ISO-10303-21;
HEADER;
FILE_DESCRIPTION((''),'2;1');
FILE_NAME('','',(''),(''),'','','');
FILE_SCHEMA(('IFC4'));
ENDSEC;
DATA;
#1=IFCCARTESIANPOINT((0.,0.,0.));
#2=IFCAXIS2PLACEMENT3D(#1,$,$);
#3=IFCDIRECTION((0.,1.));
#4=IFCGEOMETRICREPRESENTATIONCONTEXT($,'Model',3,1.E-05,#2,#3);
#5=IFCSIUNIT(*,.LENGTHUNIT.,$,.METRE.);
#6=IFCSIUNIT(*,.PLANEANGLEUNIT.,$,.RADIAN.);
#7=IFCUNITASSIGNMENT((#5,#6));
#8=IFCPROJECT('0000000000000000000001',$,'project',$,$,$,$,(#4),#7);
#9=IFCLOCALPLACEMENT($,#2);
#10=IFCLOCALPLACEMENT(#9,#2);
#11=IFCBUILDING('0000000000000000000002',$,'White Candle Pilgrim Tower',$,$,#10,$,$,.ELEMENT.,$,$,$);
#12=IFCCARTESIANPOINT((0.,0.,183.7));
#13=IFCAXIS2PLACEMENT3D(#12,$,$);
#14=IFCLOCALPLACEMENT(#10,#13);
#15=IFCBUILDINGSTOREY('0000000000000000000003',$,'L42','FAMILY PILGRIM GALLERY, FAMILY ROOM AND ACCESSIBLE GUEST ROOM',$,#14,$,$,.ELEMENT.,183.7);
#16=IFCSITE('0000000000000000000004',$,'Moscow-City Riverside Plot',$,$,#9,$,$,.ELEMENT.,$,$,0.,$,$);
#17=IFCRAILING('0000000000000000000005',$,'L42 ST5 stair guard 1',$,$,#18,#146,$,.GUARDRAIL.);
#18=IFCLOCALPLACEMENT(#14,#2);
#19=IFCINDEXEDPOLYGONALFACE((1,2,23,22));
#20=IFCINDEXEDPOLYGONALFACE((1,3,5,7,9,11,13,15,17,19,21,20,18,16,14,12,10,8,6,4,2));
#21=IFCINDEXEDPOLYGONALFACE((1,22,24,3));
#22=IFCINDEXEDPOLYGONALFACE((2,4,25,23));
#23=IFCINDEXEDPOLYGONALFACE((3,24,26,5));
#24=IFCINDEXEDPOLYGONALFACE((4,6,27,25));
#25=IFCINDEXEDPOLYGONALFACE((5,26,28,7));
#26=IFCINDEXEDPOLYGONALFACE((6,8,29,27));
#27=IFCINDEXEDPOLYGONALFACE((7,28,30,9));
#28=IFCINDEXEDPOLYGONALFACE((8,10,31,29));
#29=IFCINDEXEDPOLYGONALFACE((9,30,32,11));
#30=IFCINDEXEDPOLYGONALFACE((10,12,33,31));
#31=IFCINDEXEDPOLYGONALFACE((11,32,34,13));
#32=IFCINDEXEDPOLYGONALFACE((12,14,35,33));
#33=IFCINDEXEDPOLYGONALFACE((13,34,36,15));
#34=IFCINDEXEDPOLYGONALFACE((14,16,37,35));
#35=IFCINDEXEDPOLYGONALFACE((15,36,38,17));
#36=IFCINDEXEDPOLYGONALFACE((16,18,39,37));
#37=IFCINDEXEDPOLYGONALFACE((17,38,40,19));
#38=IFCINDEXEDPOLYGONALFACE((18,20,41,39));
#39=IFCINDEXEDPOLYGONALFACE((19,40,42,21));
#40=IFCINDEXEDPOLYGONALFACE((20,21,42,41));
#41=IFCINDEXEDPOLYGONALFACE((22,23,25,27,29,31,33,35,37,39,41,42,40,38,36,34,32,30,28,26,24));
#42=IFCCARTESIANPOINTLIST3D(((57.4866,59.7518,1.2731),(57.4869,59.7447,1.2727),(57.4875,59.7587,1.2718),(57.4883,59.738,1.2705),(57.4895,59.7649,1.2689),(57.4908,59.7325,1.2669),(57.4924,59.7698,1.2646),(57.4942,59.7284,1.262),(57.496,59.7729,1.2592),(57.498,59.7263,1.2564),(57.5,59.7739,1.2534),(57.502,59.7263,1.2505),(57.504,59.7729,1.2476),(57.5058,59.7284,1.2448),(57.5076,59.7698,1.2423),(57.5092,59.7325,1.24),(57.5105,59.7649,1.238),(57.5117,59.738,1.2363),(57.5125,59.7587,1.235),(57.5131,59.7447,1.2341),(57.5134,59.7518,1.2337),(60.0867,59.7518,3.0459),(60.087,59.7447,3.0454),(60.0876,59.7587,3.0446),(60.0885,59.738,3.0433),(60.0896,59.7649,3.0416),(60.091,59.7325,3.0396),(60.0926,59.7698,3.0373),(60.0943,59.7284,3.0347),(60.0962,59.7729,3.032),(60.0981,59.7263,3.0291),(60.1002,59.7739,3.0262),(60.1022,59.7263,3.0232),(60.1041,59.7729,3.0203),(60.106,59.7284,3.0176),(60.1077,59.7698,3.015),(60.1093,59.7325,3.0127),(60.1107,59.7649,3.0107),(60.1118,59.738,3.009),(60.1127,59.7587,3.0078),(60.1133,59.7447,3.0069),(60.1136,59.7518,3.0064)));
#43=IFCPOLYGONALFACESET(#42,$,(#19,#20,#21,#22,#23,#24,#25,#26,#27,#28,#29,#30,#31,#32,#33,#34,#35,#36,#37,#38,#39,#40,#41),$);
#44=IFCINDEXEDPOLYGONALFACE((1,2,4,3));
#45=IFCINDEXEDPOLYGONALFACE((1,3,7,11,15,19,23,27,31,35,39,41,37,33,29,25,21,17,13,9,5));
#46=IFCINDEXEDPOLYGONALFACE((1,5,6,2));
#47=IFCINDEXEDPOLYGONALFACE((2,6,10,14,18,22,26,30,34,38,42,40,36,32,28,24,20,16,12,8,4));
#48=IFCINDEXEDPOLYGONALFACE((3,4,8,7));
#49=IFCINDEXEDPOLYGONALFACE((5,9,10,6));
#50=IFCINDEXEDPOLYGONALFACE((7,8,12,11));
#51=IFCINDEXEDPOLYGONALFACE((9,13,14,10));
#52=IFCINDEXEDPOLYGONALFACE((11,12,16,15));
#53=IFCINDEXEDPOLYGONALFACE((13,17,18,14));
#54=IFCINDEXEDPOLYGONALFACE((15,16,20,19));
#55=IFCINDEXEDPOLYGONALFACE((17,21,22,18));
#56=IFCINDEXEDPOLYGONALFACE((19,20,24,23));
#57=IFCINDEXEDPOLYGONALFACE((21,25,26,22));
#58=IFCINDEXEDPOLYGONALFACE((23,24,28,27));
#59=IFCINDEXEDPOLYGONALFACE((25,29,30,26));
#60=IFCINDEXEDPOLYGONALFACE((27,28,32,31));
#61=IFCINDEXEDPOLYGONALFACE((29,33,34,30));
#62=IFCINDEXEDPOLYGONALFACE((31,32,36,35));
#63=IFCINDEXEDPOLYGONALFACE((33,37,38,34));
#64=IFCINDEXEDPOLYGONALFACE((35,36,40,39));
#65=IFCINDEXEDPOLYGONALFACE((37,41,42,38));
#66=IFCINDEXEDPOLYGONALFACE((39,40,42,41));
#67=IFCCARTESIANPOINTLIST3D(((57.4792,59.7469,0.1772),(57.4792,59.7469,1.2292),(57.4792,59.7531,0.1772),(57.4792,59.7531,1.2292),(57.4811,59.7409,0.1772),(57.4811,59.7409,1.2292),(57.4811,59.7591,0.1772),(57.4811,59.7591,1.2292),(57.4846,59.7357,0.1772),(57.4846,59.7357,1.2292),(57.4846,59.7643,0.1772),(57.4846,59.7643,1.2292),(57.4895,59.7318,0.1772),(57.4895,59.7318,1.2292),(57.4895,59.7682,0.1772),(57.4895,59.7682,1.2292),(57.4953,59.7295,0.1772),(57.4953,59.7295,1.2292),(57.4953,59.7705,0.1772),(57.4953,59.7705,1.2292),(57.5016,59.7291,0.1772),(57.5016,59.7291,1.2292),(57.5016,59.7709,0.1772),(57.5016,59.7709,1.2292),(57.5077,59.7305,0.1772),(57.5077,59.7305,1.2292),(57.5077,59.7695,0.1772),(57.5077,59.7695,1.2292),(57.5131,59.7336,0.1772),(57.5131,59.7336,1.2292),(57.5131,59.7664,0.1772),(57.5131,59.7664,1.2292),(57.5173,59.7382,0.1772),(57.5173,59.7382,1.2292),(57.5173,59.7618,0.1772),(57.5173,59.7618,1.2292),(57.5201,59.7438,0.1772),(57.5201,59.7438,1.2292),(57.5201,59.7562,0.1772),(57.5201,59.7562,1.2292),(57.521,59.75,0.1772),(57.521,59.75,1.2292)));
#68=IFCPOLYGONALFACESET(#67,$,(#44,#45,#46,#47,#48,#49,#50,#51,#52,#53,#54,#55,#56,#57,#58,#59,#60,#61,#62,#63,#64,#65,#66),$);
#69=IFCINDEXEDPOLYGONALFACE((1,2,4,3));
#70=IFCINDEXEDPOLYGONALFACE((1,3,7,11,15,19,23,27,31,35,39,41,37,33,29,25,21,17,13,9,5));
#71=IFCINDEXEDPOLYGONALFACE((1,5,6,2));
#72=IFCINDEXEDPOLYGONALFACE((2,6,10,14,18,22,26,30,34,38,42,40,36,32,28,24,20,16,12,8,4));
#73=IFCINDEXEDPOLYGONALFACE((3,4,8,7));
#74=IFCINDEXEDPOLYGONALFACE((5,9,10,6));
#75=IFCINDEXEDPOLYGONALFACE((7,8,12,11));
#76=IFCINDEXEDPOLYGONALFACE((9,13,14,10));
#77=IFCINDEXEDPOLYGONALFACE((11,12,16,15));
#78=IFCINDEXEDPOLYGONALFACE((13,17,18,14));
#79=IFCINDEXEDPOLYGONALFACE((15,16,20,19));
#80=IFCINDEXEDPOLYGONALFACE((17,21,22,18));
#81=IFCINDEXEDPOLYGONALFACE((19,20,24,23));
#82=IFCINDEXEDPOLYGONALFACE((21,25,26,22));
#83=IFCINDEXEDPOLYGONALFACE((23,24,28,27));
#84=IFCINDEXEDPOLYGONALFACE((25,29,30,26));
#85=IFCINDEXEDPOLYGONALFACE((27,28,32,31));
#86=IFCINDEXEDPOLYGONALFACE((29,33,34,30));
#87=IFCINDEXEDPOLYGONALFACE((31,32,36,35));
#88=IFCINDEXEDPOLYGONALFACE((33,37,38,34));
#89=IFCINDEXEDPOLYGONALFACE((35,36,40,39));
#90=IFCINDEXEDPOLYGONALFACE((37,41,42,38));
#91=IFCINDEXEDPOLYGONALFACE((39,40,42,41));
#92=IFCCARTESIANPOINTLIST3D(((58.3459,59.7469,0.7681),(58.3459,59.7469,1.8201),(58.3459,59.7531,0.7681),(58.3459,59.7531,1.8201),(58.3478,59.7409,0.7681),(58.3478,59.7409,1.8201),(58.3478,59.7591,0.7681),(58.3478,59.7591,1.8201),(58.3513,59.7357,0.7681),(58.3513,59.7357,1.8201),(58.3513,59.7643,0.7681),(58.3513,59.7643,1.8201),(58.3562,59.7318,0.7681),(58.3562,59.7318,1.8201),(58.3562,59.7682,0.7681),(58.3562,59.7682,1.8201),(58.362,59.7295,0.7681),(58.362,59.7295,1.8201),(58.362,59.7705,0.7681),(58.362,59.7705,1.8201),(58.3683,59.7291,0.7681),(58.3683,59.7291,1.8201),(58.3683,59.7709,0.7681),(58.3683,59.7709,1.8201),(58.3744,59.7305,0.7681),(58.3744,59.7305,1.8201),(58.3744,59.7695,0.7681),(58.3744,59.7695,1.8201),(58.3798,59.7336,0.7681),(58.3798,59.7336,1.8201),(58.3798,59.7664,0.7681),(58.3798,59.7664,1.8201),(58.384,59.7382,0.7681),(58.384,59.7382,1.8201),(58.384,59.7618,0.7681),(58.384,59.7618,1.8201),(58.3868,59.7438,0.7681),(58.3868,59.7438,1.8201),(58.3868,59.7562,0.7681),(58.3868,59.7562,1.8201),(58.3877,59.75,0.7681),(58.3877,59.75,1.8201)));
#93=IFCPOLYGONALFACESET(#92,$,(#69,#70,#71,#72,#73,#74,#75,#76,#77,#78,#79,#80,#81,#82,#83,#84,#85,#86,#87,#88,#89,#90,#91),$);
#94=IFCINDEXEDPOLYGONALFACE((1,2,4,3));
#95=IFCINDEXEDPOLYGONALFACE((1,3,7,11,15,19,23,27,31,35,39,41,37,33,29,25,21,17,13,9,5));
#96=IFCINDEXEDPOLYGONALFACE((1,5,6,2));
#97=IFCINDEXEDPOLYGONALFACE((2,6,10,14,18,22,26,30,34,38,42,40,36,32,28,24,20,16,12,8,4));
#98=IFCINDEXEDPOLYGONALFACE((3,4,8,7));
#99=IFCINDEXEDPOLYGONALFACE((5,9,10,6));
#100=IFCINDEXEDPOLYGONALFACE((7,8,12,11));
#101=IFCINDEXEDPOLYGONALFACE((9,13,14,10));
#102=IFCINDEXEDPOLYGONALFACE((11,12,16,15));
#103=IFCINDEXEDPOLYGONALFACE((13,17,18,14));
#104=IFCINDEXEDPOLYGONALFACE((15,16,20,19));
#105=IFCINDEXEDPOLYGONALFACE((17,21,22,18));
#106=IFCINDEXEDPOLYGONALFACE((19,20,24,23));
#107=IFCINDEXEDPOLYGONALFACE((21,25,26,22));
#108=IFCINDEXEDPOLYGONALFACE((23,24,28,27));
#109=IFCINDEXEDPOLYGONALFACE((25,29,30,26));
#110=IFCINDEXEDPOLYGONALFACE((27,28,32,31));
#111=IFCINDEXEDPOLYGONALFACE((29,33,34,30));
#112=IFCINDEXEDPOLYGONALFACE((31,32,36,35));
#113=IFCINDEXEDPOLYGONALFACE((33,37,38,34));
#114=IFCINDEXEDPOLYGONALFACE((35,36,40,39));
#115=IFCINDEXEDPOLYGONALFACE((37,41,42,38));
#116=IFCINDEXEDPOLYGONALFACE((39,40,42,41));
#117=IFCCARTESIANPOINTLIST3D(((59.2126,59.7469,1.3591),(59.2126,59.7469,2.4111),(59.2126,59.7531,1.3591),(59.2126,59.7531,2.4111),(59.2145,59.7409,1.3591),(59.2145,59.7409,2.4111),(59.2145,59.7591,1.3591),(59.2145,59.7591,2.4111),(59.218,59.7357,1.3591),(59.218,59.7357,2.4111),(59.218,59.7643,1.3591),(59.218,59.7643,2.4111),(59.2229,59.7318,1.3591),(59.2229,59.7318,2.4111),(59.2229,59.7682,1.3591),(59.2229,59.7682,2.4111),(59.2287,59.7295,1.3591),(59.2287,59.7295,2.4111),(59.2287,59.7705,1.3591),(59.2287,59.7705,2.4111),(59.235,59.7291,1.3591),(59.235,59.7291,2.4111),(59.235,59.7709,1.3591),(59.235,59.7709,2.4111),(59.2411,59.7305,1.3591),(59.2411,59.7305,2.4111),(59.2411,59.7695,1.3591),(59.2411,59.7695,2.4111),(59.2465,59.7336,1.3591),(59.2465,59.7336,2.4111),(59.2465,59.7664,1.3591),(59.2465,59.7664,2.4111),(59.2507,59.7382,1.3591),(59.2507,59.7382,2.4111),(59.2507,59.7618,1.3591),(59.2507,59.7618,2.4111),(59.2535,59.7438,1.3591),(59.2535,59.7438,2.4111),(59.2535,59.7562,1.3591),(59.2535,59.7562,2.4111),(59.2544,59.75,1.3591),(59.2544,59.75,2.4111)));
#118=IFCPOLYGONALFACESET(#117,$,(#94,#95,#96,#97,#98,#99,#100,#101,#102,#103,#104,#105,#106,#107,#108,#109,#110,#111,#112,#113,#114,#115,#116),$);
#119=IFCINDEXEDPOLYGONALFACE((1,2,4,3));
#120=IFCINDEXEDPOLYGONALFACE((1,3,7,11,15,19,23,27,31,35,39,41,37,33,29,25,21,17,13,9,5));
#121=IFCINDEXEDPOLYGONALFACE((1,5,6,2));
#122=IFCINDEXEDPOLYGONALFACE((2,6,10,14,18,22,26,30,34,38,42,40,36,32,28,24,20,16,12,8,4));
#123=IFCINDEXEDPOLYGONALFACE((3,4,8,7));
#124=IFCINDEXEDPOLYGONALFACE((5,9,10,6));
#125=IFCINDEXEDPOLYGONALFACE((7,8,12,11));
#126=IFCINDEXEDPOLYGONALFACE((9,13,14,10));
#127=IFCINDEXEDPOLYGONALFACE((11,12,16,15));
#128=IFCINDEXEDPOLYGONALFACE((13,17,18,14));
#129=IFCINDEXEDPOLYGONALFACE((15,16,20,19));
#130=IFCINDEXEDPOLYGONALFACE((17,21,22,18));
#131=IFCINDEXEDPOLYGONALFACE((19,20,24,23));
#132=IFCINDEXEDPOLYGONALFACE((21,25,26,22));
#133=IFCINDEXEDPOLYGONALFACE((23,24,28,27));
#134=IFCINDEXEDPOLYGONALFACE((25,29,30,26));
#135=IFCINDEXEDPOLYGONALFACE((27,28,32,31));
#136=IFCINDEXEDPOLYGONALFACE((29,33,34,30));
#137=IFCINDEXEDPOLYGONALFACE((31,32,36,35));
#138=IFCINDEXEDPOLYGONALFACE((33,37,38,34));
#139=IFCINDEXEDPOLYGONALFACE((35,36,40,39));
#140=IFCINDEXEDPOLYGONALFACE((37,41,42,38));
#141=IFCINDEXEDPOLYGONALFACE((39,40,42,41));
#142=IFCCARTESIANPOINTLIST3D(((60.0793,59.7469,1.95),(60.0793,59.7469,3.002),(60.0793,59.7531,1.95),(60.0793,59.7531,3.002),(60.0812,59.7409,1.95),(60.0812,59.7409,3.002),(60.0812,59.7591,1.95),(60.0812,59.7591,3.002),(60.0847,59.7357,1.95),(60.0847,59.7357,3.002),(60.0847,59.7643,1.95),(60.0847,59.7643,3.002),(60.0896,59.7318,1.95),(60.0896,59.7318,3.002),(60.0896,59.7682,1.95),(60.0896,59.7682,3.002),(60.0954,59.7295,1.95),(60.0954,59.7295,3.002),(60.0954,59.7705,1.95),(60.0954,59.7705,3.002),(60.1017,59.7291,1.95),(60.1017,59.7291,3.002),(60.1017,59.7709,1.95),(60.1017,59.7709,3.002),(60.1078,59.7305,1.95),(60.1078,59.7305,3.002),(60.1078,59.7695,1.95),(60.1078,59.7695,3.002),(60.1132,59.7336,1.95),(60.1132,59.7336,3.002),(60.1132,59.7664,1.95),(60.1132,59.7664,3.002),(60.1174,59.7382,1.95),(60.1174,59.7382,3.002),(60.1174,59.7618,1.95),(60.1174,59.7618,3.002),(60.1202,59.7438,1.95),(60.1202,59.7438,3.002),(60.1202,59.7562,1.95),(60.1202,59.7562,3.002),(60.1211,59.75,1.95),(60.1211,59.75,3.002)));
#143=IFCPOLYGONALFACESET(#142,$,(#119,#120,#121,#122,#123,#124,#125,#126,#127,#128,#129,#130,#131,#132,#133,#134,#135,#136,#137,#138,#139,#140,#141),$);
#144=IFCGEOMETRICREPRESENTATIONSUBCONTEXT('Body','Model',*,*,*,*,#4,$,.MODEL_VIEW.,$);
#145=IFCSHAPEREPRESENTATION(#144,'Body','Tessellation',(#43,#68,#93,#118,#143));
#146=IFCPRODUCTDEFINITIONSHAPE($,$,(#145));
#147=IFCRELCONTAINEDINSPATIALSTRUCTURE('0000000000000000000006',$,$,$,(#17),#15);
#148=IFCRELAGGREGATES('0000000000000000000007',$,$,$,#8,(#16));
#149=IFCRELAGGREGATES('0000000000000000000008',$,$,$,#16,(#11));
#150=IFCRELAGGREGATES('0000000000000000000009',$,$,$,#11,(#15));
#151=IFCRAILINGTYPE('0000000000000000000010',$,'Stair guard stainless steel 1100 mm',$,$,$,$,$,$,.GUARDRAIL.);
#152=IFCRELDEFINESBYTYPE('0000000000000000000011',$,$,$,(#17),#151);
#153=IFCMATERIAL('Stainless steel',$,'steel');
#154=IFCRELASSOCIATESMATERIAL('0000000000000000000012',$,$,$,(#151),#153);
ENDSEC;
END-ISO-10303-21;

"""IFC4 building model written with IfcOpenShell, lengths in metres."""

from ifc_helpers import new_model, si_unit, direction, frame, origin, origin_2d, place, context, subcontext, project, spatial, circle, extrude, material, type_object, element, save


model = new_model("IFC4")

# Units and contexts
model_context = context("Model", 3, precision=1e-05, world=origin(), true_north=direction((0.0, 1.0)))
body_context = subcontext(model_context, "Body", "Model", "MODEL_VIEW")
ifc_project = project(units=[si_unit("LENGTHUNIT", "METRE"), si_unit("PLANEANGLEUNIT", "RADIAN")], contexts=[model_context])

# Site, building, storey
site_placement = place(None, origin())
site = spatial("IfcSite", under=ifc_project, at=site_placement, Name="Moscow-City Riverside Plot", CompositionType="ELEMENT", RefElevation=0.0)
building_placement = place(site_placement, origin())
building = spatial("IfcBuilding", under=site, at=building_placement, Name="White Candle Pilgrim Tower", CompositionType="ELEMENT")
storey_placement = place(building_placement, frame((0.0, 0.0, 183.7)))
storey = spatial("IfcBuildingStorey", under=building, at=storey_placement, Name="L42", Description="FAMILY PILGRIM GALLERY, FAMILY ROOM AND ACCESSIBLE GUEST ROOM", CompositionType="ELEMENT", Elevation=183.7)

# Railing
ifc_material_1 = material(Name="Stainless steel", Category="steel")
railing_type_1 = type_object("IfcRailingType", Name="Stair guard stainless steel 1100 mm", PredefinedType="GUARDRAIL", material=ifc_material_1)
railing_1_placement = place(storey_placement, frame((57.5, 59.75, 0.1772)))
element("IfcRailing", 1, at=railing_1_placement, inside=storey, type_object=railing_type_1, Name="L42 ST5 stair guard 1", PredefinedType="GUARDRAIL", context=body_context, shape_type="SweptSolid", body=[
    extrude(circle(Radius=0.0239, at=origin_2d()), frame((0.0, 0.0, 1.0762), z_axis=(0.82624, 0.0, 0.563318), x_axis=(0.0, 1.0, 0.0)), (0.0, 0.0, 1.0), 3.147),
    extrude(circle(Radius=0.021, at=origin_2d()), origin(), (0.0, 0.0, 1.0), 1.052),
    extrude(circle(Radius=0.021, at=origin_2d()), frame((0.8667, 0.0, 0.5908)), (0.0, 0.0, 1.0), 1.052),
    extrude(circle(Radius=0.021, at=origin_2d()), frame((1.7334, 0.0, 1.1819)), (0.0, 0.0, 1.0), 1.052),
    extrude(circle(Radius=0.021, at=origin_2d()), frame((2.6001, 0.0, 1.7727)), (0.0, 0.0, 1.0), 1.052),
])

save(model, "model.ifc")
